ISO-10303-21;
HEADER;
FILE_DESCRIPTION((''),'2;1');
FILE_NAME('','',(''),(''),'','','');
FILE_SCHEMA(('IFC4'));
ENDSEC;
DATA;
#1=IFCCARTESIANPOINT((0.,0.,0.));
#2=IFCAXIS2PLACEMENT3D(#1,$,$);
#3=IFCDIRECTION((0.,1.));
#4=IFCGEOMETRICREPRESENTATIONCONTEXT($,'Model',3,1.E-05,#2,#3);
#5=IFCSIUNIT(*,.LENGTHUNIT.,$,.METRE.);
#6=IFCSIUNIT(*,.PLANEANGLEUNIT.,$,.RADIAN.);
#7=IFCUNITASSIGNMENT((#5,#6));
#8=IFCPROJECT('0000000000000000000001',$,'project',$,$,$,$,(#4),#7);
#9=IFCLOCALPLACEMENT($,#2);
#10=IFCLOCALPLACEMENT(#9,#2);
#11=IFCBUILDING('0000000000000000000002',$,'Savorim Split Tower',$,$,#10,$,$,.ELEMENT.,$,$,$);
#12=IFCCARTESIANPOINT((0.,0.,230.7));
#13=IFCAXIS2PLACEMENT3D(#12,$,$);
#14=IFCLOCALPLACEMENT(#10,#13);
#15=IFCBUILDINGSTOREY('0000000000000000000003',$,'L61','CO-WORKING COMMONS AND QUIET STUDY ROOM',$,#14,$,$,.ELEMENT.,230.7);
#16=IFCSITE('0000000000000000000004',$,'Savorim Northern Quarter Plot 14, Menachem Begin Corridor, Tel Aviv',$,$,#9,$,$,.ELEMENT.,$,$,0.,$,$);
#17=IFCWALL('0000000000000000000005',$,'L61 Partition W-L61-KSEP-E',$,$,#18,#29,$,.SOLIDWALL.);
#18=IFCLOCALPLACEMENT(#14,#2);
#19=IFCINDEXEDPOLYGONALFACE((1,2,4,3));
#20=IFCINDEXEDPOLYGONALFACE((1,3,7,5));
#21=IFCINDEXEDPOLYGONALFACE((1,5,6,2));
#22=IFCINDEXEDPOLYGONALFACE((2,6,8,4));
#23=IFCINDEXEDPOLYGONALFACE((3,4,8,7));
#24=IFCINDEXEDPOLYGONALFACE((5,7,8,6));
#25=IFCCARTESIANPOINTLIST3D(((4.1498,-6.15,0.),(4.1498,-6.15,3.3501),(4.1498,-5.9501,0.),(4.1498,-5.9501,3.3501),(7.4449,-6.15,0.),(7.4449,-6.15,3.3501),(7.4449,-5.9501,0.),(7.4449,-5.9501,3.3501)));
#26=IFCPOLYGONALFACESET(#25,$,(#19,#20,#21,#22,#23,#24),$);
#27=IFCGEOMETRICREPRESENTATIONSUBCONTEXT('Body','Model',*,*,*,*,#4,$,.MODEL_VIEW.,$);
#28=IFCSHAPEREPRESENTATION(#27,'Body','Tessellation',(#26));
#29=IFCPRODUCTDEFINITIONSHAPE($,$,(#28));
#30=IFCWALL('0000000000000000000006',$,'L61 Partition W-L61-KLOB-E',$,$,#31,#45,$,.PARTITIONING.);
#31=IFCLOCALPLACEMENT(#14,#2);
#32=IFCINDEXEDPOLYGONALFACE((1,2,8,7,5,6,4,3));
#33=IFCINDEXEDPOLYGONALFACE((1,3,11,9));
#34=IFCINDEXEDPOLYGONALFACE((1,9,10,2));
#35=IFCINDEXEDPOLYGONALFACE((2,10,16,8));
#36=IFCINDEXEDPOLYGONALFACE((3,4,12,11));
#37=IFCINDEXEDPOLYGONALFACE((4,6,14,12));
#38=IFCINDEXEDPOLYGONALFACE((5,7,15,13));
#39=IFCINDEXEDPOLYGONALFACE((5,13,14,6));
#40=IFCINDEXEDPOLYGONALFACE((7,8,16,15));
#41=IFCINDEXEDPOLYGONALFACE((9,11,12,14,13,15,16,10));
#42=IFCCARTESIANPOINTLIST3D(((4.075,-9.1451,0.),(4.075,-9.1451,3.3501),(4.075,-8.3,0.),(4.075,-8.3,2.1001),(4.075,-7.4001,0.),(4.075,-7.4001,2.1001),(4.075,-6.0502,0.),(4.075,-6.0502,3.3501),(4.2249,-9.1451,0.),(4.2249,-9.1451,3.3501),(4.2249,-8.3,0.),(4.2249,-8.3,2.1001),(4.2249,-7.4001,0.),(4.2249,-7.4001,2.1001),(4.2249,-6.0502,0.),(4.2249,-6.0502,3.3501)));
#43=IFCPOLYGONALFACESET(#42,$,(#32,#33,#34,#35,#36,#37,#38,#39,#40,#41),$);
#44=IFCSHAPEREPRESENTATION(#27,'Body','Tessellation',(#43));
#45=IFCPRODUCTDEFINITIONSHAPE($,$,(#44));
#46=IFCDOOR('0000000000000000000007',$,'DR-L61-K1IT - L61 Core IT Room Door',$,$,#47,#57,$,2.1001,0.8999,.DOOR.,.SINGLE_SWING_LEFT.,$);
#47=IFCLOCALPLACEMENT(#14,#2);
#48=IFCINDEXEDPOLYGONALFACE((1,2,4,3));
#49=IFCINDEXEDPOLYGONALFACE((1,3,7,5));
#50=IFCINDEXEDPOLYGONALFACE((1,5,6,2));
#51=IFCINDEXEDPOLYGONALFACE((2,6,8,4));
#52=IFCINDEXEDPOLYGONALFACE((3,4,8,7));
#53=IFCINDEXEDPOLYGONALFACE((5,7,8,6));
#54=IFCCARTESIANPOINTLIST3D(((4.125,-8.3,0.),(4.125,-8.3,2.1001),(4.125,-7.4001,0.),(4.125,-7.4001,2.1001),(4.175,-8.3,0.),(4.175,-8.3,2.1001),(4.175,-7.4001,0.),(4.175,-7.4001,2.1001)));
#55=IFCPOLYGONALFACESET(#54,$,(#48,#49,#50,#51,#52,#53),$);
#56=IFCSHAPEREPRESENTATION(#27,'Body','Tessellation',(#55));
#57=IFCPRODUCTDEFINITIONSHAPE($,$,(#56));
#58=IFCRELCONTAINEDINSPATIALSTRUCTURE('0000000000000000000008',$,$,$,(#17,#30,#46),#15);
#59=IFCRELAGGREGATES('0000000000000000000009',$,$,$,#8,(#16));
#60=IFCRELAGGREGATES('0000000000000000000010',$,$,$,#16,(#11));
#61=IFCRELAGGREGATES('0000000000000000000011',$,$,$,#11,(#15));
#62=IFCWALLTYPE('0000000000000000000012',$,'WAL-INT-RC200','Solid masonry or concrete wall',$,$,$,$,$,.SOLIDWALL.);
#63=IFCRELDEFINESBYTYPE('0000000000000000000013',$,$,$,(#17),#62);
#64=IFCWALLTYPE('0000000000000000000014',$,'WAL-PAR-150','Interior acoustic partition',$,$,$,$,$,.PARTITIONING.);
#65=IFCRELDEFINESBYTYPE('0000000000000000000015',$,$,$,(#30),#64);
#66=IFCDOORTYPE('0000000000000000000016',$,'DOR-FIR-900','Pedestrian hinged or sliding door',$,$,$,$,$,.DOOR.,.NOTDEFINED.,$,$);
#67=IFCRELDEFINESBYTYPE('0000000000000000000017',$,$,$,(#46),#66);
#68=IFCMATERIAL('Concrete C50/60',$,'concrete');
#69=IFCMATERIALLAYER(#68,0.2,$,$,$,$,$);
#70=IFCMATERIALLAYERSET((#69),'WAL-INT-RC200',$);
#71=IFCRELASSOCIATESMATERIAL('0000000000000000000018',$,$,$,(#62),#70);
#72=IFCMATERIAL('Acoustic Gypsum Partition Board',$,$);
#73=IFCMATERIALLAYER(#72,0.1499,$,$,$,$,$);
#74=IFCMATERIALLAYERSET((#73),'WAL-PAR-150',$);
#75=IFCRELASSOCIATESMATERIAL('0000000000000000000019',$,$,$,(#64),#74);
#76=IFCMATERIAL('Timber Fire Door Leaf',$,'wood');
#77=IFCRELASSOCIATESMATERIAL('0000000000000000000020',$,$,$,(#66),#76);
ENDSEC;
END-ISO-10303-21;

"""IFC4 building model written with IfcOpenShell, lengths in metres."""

from ifc_helpers import new_model, si_unit, direction, frame, frame_2d, origin, place, context, subcontext, project, spatial, rectangle, extrude, material, layer, layer_set, type_object, element, fill, save


model = new_model("IFC4")

# Units and contexts
model_context = context("Model", 3, precision=1e-05, world=origin(), true_north=direction((0.0, 1.0)))
body_context = subcontext(model_context, "Body", "Model", "MODEL_VIEW")
ifc_project = project(units=[si_unit("LENGTHUNIT", "METRE"), si_unit("PLANEANGLEUNIT", "RADIAN")], contexts=[model_context])

# Site, building, storey
site_placement = place(None, origin())
site = spatial("IfcSite", under=ifc_project, at=site_placement, Name="Savorim Northern Quarter Plot 14, Menachem Begin Corridor, Tel Aviv", CompositionType="ELEMENT", RefElevation=0.0)
building_placement = place(site_placement, origin())
building = spatial("IfcBuilding", under=site, at=building_placement, Name="Savorim Split Tower", CompositionType="ELEMENT")
storey_placement = place(building_placement, frame((0.0, 0.0, 230.7)))
storey = spatial("IfcBuildingStorey", under=building, at=storey_placement, Name="L61", Description="CO-WORKING COMMONS AND QUIET STUDY ROOM", CompositionType="ELEMENT", Elevation=230.7)

# Shared definitions
ifc_material_1 = material(Name="Concrete C50/60", Category="concrete")
ifc_layer_1 = layer(ifc_material_1, 0.2)
ifc_layer_set_1 = layer_set([ifc_layer_1], Name="WAL-INT-RC200")
wall_type_1 = type_object("IfcWallType", Name="WAL-INT-RC200", Description="Solid masonry or concrete wall", PredefinedType="SOLIDWALL", material=ifc_layer_set_1)
ifc_material_2 = material(Name="Timber Fire Door Leaf", Category="wood")

# Wall
wall_1_placement = place(storey_placement, frame((4.1499, -6.05, 0.0), z_axis=(0.0, 0.0, 1.0), x_axis=(1.0, 0.0, 0.0)))
element("IfcWall", 1, at=wall_1_placement, inside=storey, type_object=wall_type_1, Name="L61 Partition W-L61-KSEP-E", PredefinedType="SOLIDWALL", context=body_context, shape_type="SweptSolid", body=[
    extrude(rectangle(XDim=3.2952, YDim=0.2, at=frame_2d((1.6475, 0.0))), origin(), (0.0, 0.0, 1.0), 3.3501),
])

# Wall, opening, door
ifc_material_3 = material(Name="Acoustic Gypsum Partition Board")
ifc_layer_2 = layer(ifc_material_3, 0.1499)
ifc_layer_set_2 = layer_set([ifc_layer_2], Name="WAL-PAR-150")
wall_type_2 = type_object("IfcWallType", Name="WAL-PAR-150", Description="Interior acoustic partition", PredefinedType="PARTITIONING", material=ifc_layer_set_2)
wall_2_placement = place(storey_placement, frame((4.1499, -9.145, 0.0), z_axis=(0.0, 0.0, 1.0), x_axis=(0.0, 1.0, 0.0)))
wall_2 = element("IfcWall", 2, at=wall_2_placement, inside=storey, type_object=wall_type_2, Name="L61 Partition W-L61-KLOB-E", PredefinedType="PARTITIONING", context=body_context, shape_type="SweptSolid", body=[
    extrude(rectangle(XDim=3.095, YDim=0.1499, at=frame_2d((1.5474, 0.0))), origin(), (0.0, 0.0, 1.0), 3.3501),
])
opening_1_placement = place(wall_2_placement, frame((0.845, 0.0, 0.0)))
opening_1 = element("IfcOpeningElement", 3, at=opening_1_placement, cuts=wall_2, PredefinedType="OPENING", context=body_context, shape_type="SweptSolid", body=[
    extrude(rectangle(XDim=0.8999, YDim=2.1001, at=frame_2d((0.45, 1.05))), frame((0.0, 0.085, 0.0), z_axis=(0.0, -1.0, 0.0), x_axis=(1.0, 0.0, 0.0)), (0.0, 0.0, 1.0), 0.1699),
])
door_type_1 = type_object("IfcDoorType", Name="DOR-FIR-900", Description="Pedestrian hinged or sliding door", OperationType="NOTDEFINED", PredefinedType="DOOR", material=ifc_material_2)
door_1_placement = place(opening_1_placement, origin())
door_1 = element("IfcDoor", 4, at=door_1_placement, inside=storey, type_object=door_type_1, Name="DR-L61-K1IT - L61 Core IT Room Door", OperationType="SINGLE_SWING_LEFT", OverallHeight=2.1001, OverallWidth=0.8999, PredefinedType="DOOR", context=body_context, shape_type="SweptSolid", body=[
    extrude(rectangle(XDim=0.8999, YDim=2.1001, at=frame_2d((0.45, 1.05))), frame((0.0, 0.0249, 0.0), z_axis=(0.0, -1.0, 0.0), x_axis=(1.0, 0.0, 0.0)), (0.0, 0.0, 1.0), 0.05),
])
fill(opening_1, door_1)

save(model, "model.ifc")
